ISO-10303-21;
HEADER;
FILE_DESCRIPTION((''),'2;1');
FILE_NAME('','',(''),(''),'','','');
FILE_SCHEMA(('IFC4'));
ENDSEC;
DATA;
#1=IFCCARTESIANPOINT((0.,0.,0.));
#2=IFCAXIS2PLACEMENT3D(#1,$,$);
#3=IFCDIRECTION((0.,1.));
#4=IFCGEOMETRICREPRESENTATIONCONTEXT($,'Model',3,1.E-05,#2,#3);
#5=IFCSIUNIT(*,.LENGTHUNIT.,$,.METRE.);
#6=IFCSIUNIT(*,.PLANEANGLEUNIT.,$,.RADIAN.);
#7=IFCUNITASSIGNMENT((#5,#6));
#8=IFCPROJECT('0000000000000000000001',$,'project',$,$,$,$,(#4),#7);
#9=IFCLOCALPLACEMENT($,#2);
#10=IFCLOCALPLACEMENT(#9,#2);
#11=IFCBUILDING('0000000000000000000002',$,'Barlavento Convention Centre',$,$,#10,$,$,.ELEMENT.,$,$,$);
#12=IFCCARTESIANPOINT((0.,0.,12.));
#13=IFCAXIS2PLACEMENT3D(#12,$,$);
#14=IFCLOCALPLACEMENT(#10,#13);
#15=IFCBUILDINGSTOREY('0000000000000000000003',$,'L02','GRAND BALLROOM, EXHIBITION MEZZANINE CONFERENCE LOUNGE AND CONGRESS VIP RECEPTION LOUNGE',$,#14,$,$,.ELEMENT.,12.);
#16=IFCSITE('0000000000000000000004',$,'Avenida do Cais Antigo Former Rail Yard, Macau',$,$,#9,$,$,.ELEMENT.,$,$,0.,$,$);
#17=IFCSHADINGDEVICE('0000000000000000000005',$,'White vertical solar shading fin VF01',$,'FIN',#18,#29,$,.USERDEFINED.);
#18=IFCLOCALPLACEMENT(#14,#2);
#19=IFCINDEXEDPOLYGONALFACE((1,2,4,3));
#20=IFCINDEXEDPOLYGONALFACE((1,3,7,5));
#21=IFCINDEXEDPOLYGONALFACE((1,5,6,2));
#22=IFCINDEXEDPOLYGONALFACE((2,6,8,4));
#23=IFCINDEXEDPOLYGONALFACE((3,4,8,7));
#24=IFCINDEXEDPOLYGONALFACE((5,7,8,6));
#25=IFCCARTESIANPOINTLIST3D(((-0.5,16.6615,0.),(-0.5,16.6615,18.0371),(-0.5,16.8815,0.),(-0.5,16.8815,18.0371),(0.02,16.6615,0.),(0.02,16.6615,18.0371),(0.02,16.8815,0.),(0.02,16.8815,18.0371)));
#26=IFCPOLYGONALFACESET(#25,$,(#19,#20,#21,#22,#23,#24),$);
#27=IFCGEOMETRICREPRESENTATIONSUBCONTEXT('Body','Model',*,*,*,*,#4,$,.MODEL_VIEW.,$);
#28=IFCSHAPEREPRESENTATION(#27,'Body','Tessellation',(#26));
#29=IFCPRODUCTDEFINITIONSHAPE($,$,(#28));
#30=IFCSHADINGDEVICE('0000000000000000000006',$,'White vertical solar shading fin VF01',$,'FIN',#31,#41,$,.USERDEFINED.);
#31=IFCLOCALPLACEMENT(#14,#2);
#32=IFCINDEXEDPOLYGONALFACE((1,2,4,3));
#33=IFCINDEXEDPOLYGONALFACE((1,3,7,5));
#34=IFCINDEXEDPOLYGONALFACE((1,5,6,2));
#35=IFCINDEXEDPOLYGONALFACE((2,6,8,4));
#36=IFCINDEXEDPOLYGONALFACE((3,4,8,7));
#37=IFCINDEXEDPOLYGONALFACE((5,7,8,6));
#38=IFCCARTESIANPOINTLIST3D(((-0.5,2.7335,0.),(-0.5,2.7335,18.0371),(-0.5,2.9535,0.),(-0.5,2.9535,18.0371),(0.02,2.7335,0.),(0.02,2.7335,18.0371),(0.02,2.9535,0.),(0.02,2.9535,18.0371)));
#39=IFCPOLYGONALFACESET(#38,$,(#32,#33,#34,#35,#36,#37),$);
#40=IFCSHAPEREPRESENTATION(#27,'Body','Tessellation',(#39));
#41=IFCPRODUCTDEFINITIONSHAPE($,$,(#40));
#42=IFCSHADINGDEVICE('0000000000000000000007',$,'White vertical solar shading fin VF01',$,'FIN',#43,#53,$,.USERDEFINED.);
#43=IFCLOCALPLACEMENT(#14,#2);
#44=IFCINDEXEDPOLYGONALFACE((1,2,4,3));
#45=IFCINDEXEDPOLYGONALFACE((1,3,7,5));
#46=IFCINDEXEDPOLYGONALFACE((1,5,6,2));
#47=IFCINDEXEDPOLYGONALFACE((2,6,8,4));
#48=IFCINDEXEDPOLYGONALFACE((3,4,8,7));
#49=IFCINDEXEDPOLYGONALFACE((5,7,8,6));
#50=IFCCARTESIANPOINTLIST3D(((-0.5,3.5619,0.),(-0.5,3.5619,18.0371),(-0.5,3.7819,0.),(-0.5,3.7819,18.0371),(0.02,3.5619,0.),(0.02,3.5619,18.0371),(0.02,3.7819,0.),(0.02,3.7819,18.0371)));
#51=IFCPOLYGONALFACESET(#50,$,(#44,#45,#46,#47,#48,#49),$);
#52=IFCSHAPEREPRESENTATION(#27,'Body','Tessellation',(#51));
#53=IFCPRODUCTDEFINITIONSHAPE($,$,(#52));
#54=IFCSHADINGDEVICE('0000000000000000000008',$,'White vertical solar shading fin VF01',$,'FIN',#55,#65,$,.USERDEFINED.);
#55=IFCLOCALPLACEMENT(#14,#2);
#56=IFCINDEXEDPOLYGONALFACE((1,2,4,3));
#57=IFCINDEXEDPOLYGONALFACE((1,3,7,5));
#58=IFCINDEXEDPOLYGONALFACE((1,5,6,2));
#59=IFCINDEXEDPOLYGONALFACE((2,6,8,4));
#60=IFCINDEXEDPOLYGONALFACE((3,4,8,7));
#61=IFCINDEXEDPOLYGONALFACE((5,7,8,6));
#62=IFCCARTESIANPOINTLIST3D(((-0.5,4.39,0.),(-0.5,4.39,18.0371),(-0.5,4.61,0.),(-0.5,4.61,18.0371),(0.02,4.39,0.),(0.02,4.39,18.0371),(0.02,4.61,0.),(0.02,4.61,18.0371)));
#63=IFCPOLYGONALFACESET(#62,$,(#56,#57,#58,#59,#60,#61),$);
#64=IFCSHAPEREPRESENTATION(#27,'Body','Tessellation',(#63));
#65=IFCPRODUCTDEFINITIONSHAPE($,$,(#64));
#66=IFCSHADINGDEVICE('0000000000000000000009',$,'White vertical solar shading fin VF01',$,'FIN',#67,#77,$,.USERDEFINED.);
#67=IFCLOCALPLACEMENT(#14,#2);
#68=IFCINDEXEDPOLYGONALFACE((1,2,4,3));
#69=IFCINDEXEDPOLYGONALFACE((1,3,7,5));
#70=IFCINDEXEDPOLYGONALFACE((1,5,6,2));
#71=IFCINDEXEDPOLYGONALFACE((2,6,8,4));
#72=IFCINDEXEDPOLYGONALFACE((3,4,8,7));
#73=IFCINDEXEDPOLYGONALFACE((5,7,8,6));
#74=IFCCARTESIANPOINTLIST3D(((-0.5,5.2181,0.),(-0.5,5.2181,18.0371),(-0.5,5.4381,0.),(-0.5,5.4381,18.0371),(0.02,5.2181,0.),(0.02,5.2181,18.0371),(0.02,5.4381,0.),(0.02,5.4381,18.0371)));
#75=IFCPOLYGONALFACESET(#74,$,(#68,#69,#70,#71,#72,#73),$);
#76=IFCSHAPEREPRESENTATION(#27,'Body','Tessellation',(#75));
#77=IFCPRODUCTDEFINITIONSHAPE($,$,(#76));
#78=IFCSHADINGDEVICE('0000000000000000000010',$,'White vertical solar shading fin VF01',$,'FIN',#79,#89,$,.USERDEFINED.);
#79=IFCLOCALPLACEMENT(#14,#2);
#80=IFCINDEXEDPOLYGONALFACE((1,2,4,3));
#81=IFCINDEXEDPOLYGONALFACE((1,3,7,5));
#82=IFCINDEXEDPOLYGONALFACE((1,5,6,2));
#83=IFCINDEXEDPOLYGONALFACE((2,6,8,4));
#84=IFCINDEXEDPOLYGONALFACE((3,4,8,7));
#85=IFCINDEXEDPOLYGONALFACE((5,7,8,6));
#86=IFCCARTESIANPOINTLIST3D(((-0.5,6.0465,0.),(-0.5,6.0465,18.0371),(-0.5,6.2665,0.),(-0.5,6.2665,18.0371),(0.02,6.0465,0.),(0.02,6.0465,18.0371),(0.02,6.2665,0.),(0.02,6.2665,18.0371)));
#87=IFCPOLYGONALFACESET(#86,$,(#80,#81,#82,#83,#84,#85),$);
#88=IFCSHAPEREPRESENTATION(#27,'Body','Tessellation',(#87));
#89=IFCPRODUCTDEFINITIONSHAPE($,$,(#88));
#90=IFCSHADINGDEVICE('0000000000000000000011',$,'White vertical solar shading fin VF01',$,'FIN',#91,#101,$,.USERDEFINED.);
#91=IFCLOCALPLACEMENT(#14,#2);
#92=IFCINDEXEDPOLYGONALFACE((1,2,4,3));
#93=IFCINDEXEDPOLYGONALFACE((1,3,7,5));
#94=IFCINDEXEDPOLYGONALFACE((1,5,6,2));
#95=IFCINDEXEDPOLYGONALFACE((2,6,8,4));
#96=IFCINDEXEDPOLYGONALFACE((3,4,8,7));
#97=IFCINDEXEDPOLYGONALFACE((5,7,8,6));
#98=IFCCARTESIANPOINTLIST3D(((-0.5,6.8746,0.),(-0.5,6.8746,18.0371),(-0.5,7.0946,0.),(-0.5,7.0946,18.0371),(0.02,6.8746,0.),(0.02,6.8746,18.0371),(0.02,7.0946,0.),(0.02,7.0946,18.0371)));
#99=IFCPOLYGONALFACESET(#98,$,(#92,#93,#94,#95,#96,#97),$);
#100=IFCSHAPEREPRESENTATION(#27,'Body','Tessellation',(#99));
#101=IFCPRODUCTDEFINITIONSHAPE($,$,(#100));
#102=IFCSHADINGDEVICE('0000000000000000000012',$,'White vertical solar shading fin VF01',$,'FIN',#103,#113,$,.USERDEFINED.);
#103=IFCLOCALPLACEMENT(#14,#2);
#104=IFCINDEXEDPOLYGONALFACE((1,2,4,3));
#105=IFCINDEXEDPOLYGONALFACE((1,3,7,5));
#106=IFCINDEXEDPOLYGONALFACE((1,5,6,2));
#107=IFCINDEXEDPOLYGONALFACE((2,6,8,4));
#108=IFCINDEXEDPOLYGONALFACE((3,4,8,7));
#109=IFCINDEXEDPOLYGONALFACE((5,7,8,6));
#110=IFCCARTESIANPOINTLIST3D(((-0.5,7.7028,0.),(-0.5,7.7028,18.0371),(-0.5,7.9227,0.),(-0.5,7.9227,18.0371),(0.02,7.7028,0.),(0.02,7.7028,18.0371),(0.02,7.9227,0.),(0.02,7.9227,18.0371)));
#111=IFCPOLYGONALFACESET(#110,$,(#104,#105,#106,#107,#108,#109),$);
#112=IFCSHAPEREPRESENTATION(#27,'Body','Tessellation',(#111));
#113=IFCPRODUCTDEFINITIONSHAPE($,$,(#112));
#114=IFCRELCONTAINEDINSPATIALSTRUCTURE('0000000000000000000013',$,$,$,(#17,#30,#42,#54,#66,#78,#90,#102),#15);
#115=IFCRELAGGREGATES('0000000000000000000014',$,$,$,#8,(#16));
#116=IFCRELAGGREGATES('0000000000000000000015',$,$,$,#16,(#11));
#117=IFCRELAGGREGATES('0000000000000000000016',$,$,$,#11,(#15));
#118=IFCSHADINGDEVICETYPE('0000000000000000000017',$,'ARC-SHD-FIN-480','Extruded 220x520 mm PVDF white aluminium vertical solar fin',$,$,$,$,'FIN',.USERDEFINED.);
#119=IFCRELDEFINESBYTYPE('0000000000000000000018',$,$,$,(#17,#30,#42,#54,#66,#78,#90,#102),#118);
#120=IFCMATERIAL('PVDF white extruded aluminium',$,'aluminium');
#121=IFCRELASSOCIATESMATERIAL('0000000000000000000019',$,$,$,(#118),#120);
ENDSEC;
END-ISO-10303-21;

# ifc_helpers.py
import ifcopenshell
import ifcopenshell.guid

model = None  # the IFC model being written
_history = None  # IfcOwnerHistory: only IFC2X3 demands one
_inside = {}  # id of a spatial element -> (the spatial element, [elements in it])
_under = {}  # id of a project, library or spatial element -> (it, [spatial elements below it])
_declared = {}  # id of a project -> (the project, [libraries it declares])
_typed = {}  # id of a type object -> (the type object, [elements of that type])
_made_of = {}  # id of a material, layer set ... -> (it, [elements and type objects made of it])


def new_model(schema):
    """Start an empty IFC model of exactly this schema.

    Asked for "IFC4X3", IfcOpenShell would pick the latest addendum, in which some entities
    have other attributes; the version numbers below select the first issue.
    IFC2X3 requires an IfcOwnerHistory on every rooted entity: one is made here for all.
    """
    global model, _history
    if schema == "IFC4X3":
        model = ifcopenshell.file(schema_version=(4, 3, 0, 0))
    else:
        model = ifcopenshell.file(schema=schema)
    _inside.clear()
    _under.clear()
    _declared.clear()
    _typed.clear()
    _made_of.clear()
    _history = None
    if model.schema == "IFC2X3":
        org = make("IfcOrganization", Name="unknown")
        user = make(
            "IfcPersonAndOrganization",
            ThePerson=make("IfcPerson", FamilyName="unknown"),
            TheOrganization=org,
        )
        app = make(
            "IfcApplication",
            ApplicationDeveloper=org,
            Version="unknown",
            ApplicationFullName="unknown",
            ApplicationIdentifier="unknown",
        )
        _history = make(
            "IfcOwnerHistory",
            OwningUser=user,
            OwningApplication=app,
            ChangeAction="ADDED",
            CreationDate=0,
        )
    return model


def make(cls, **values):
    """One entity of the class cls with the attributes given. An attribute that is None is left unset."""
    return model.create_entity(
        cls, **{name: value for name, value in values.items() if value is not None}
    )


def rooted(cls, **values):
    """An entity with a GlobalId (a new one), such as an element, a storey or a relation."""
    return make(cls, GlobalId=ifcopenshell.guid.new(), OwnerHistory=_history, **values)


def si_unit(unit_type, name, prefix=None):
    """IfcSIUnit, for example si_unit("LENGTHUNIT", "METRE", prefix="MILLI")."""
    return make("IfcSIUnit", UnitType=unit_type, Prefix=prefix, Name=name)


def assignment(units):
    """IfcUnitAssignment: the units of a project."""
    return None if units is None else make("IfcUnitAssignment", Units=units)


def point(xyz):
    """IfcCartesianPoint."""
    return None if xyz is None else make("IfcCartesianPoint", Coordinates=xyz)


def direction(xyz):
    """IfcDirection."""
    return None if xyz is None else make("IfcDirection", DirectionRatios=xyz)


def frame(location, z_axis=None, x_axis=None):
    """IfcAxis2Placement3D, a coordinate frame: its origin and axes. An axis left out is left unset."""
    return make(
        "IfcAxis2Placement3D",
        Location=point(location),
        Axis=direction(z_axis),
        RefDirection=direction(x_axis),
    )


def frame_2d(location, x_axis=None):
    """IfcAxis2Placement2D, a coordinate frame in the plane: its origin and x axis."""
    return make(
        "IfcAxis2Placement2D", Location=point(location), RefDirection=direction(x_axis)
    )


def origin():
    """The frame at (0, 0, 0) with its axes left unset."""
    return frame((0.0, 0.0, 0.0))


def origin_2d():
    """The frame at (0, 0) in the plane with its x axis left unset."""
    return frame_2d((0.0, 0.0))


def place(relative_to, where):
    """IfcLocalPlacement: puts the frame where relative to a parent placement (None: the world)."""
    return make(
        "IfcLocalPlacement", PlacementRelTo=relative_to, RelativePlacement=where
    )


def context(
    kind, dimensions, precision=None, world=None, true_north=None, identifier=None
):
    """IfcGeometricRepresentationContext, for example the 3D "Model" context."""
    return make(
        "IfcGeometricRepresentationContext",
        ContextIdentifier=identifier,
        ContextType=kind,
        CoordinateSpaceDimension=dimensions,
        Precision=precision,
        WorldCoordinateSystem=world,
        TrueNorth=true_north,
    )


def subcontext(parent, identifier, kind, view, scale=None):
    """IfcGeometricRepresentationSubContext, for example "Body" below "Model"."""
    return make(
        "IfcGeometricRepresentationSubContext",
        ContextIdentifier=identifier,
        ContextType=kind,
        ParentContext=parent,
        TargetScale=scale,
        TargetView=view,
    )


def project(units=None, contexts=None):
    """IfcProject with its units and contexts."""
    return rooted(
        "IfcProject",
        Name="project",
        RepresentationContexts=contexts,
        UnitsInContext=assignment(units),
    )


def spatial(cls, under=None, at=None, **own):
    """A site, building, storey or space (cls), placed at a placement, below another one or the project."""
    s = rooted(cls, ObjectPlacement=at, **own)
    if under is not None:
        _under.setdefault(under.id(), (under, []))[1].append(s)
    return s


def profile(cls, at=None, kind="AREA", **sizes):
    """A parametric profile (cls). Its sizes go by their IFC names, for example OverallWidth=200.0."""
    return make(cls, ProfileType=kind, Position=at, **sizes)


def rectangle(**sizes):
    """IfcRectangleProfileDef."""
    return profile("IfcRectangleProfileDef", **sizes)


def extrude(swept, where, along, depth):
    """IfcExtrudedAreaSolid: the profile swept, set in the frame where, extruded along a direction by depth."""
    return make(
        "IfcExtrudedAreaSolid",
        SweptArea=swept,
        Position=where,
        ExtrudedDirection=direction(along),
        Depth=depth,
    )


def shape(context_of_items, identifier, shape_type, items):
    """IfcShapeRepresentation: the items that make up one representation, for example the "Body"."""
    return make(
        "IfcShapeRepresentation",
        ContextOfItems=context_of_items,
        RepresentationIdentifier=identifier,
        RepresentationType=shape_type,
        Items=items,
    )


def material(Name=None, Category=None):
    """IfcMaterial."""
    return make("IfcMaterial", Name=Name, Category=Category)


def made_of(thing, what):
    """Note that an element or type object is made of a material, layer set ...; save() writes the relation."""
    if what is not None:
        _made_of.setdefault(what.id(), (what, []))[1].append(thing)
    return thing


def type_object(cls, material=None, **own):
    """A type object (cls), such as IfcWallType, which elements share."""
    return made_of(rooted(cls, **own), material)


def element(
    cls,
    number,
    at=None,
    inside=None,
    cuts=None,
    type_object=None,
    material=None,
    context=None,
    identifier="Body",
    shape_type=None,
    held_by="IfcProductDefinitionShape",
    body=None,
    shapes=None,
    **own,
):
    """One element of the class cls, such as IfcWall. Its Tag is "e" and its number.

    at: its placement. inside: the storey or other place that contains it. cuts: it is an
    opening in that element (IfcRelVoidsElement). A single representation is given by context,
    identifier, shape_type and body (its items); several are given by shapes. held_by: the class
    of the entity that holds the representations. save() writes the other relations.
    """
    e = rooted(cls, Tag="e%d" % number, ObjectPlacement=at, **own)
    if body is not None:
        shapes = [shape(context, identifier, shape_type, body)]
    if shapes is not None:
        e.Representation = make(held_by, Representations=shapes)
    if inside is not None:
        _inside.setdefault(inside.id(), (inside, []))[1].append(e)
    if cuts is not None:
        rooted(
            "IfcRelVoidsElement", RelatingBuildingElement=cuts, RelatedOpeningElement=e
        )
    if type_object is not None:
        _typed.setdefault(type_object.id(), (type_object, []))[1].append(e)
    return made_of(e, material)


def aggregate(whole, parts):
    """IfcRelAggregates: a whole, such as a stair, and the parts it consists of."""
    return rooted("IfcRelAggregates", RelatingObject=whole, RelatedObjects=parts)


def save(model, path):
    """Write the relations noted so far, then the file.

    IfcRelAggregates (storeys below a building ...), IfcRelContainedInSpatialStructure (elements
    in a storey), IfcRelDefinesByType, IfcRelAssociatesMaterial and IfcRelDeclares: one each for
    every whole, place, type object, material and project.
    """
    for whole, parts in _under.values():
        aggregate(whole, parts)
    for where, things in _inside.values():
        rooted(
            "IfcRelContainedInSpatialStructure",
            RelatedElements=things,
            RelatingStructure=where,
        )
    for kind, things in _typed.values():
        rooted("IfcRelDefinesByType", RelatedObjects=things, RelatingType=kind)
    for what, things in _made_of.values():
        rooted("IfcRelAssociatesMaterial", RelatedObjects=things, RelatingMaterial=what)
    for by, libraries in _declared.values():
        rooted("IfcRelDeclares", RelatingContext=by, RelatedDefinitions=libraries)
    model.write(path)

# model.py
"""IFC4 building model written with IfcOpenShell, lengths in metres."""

from ifc_helpers import new_model, si_unit, direction, frame, origin, origin_2d, place, context, subcontext, project, spatial, rectangle, extrude, material, type_object, element, save


model = new_model("IFC4")

# Units and contexts
model_context = context("Model", 3, precision=1e-05, world=origin(), true_north=direction((0.0, 1.0)))
body_context = subcontext(model_context, "Body", "Model", "MODEL_VIEW")
ifc_project = project(units=[si_unit("LENGTHUNIT", "METRE"), si_unit("PLANEANGLEUNIT", "RADIAN")], contexts=[model_context])

# Site, building, storey
site_placement = place(None, origin())
site = spatial("IfcSite", under=ifc_project, at=site_placement, Name="Avenida do Cais Antigo Former Rail Yard, Macau", CompositionType="ELEMENT", RefElevation=0.0)
building_placement = place(site_placement, origin())
building = spatial("IfcBuilding", under=site, at=building_placement, Name="Barlavento Convention Centre", CompositionType="ELEMENT")
storey_placement = place(building_placement, frame((0.0, 0.0, 12.0)))
storey = spatial("IfcBuildingStorey", under=building, at=storey_placement, Name="L02", Description="GRAND BALLROOM, EXHIBITION MEZZANINE CONFERENCE LOUNGE AND CONGRESS VIP RECEPTION LOUNGE", CompositionType="ELEMENT", Elevation=12.0)

# Shading devices
ifc_material_1 = material(Name="PVDF white extruded aluminium", Category="aluminium")
shading_device_type = type_object("IfcShadingDeviceType", Name="ARC-SHD-FIN-480", Description="Extruded 220x520 mm PVDF white aluminium vertical solar fin", ElementType="FIN", PredefinedType="USERDEFINED", material=ifc_material_1)
for number, where, z_axis, x_axis, name in (
    (1, (-0.24, 16.7715, 0.0), (0.0, 0.0, 1.0), (0.0, 1.0, 0.0), "White vertical solar shading fin VF01"),
    (2, (-0.24, 2.8435, 0.0), (0.0, 0.0, 1.0), (0.0, 1.0, 0.0), "White vertical solar shading fin VF01"),
    (3, (-0.24, 3.6719, 0.0), (0.0, 0.0, 1.0), (0.0, 1.0, 0.0), "White vertical solar shading fin VF01"),
    (4, (-0.24, 4.5, 0.0), (0.0, 0.0, 1.0), (0.0, 1.0, 0.0), "White vertical solar shading fin VF01"),
    (5, (-0.24, 5.3281, 0.0), (0.0, 0.0, 1.0), (0.0, 1.0, 0.0), "White vertical solar shading fin VF01"),
    (6, (-0.24, 6.1565, 0.0), (0.0, 0.0, 1.0), (0.0, 1.0, 0.0), "White vertical solar shading fin VF01"),
    (7, (-0.24, 6.9846, 0.0), (0.0, 0.0, 1.0), (0.0, 1.0, 0.0), "White vertical solar shading fin VF01"),
    (8, (-0.24, 7.8127, 0.0), (0.0, 0.0, 1.0), (0.0, 1.0, 0.0), "White vertical solar shading fin VF01"),
):
    element("IfcShadingDevice", number, at=place(storey_placement, frame(where, z_axis=z_axis, x_axis=x_axis)), inside=storey, type_object=shading_device_type, Name=name, ObjectType="FIN", PredefinedType="USERDEFINED", context=body_context, shape_type="SweptSolid", body=[
        extrude(rectangle(XDim=0.22, YDim=0.52, at=origin_2d()), origin(), (0.0, 0.0, 1.0), 18.0371),
    ])

save(model, "model.ifc")
